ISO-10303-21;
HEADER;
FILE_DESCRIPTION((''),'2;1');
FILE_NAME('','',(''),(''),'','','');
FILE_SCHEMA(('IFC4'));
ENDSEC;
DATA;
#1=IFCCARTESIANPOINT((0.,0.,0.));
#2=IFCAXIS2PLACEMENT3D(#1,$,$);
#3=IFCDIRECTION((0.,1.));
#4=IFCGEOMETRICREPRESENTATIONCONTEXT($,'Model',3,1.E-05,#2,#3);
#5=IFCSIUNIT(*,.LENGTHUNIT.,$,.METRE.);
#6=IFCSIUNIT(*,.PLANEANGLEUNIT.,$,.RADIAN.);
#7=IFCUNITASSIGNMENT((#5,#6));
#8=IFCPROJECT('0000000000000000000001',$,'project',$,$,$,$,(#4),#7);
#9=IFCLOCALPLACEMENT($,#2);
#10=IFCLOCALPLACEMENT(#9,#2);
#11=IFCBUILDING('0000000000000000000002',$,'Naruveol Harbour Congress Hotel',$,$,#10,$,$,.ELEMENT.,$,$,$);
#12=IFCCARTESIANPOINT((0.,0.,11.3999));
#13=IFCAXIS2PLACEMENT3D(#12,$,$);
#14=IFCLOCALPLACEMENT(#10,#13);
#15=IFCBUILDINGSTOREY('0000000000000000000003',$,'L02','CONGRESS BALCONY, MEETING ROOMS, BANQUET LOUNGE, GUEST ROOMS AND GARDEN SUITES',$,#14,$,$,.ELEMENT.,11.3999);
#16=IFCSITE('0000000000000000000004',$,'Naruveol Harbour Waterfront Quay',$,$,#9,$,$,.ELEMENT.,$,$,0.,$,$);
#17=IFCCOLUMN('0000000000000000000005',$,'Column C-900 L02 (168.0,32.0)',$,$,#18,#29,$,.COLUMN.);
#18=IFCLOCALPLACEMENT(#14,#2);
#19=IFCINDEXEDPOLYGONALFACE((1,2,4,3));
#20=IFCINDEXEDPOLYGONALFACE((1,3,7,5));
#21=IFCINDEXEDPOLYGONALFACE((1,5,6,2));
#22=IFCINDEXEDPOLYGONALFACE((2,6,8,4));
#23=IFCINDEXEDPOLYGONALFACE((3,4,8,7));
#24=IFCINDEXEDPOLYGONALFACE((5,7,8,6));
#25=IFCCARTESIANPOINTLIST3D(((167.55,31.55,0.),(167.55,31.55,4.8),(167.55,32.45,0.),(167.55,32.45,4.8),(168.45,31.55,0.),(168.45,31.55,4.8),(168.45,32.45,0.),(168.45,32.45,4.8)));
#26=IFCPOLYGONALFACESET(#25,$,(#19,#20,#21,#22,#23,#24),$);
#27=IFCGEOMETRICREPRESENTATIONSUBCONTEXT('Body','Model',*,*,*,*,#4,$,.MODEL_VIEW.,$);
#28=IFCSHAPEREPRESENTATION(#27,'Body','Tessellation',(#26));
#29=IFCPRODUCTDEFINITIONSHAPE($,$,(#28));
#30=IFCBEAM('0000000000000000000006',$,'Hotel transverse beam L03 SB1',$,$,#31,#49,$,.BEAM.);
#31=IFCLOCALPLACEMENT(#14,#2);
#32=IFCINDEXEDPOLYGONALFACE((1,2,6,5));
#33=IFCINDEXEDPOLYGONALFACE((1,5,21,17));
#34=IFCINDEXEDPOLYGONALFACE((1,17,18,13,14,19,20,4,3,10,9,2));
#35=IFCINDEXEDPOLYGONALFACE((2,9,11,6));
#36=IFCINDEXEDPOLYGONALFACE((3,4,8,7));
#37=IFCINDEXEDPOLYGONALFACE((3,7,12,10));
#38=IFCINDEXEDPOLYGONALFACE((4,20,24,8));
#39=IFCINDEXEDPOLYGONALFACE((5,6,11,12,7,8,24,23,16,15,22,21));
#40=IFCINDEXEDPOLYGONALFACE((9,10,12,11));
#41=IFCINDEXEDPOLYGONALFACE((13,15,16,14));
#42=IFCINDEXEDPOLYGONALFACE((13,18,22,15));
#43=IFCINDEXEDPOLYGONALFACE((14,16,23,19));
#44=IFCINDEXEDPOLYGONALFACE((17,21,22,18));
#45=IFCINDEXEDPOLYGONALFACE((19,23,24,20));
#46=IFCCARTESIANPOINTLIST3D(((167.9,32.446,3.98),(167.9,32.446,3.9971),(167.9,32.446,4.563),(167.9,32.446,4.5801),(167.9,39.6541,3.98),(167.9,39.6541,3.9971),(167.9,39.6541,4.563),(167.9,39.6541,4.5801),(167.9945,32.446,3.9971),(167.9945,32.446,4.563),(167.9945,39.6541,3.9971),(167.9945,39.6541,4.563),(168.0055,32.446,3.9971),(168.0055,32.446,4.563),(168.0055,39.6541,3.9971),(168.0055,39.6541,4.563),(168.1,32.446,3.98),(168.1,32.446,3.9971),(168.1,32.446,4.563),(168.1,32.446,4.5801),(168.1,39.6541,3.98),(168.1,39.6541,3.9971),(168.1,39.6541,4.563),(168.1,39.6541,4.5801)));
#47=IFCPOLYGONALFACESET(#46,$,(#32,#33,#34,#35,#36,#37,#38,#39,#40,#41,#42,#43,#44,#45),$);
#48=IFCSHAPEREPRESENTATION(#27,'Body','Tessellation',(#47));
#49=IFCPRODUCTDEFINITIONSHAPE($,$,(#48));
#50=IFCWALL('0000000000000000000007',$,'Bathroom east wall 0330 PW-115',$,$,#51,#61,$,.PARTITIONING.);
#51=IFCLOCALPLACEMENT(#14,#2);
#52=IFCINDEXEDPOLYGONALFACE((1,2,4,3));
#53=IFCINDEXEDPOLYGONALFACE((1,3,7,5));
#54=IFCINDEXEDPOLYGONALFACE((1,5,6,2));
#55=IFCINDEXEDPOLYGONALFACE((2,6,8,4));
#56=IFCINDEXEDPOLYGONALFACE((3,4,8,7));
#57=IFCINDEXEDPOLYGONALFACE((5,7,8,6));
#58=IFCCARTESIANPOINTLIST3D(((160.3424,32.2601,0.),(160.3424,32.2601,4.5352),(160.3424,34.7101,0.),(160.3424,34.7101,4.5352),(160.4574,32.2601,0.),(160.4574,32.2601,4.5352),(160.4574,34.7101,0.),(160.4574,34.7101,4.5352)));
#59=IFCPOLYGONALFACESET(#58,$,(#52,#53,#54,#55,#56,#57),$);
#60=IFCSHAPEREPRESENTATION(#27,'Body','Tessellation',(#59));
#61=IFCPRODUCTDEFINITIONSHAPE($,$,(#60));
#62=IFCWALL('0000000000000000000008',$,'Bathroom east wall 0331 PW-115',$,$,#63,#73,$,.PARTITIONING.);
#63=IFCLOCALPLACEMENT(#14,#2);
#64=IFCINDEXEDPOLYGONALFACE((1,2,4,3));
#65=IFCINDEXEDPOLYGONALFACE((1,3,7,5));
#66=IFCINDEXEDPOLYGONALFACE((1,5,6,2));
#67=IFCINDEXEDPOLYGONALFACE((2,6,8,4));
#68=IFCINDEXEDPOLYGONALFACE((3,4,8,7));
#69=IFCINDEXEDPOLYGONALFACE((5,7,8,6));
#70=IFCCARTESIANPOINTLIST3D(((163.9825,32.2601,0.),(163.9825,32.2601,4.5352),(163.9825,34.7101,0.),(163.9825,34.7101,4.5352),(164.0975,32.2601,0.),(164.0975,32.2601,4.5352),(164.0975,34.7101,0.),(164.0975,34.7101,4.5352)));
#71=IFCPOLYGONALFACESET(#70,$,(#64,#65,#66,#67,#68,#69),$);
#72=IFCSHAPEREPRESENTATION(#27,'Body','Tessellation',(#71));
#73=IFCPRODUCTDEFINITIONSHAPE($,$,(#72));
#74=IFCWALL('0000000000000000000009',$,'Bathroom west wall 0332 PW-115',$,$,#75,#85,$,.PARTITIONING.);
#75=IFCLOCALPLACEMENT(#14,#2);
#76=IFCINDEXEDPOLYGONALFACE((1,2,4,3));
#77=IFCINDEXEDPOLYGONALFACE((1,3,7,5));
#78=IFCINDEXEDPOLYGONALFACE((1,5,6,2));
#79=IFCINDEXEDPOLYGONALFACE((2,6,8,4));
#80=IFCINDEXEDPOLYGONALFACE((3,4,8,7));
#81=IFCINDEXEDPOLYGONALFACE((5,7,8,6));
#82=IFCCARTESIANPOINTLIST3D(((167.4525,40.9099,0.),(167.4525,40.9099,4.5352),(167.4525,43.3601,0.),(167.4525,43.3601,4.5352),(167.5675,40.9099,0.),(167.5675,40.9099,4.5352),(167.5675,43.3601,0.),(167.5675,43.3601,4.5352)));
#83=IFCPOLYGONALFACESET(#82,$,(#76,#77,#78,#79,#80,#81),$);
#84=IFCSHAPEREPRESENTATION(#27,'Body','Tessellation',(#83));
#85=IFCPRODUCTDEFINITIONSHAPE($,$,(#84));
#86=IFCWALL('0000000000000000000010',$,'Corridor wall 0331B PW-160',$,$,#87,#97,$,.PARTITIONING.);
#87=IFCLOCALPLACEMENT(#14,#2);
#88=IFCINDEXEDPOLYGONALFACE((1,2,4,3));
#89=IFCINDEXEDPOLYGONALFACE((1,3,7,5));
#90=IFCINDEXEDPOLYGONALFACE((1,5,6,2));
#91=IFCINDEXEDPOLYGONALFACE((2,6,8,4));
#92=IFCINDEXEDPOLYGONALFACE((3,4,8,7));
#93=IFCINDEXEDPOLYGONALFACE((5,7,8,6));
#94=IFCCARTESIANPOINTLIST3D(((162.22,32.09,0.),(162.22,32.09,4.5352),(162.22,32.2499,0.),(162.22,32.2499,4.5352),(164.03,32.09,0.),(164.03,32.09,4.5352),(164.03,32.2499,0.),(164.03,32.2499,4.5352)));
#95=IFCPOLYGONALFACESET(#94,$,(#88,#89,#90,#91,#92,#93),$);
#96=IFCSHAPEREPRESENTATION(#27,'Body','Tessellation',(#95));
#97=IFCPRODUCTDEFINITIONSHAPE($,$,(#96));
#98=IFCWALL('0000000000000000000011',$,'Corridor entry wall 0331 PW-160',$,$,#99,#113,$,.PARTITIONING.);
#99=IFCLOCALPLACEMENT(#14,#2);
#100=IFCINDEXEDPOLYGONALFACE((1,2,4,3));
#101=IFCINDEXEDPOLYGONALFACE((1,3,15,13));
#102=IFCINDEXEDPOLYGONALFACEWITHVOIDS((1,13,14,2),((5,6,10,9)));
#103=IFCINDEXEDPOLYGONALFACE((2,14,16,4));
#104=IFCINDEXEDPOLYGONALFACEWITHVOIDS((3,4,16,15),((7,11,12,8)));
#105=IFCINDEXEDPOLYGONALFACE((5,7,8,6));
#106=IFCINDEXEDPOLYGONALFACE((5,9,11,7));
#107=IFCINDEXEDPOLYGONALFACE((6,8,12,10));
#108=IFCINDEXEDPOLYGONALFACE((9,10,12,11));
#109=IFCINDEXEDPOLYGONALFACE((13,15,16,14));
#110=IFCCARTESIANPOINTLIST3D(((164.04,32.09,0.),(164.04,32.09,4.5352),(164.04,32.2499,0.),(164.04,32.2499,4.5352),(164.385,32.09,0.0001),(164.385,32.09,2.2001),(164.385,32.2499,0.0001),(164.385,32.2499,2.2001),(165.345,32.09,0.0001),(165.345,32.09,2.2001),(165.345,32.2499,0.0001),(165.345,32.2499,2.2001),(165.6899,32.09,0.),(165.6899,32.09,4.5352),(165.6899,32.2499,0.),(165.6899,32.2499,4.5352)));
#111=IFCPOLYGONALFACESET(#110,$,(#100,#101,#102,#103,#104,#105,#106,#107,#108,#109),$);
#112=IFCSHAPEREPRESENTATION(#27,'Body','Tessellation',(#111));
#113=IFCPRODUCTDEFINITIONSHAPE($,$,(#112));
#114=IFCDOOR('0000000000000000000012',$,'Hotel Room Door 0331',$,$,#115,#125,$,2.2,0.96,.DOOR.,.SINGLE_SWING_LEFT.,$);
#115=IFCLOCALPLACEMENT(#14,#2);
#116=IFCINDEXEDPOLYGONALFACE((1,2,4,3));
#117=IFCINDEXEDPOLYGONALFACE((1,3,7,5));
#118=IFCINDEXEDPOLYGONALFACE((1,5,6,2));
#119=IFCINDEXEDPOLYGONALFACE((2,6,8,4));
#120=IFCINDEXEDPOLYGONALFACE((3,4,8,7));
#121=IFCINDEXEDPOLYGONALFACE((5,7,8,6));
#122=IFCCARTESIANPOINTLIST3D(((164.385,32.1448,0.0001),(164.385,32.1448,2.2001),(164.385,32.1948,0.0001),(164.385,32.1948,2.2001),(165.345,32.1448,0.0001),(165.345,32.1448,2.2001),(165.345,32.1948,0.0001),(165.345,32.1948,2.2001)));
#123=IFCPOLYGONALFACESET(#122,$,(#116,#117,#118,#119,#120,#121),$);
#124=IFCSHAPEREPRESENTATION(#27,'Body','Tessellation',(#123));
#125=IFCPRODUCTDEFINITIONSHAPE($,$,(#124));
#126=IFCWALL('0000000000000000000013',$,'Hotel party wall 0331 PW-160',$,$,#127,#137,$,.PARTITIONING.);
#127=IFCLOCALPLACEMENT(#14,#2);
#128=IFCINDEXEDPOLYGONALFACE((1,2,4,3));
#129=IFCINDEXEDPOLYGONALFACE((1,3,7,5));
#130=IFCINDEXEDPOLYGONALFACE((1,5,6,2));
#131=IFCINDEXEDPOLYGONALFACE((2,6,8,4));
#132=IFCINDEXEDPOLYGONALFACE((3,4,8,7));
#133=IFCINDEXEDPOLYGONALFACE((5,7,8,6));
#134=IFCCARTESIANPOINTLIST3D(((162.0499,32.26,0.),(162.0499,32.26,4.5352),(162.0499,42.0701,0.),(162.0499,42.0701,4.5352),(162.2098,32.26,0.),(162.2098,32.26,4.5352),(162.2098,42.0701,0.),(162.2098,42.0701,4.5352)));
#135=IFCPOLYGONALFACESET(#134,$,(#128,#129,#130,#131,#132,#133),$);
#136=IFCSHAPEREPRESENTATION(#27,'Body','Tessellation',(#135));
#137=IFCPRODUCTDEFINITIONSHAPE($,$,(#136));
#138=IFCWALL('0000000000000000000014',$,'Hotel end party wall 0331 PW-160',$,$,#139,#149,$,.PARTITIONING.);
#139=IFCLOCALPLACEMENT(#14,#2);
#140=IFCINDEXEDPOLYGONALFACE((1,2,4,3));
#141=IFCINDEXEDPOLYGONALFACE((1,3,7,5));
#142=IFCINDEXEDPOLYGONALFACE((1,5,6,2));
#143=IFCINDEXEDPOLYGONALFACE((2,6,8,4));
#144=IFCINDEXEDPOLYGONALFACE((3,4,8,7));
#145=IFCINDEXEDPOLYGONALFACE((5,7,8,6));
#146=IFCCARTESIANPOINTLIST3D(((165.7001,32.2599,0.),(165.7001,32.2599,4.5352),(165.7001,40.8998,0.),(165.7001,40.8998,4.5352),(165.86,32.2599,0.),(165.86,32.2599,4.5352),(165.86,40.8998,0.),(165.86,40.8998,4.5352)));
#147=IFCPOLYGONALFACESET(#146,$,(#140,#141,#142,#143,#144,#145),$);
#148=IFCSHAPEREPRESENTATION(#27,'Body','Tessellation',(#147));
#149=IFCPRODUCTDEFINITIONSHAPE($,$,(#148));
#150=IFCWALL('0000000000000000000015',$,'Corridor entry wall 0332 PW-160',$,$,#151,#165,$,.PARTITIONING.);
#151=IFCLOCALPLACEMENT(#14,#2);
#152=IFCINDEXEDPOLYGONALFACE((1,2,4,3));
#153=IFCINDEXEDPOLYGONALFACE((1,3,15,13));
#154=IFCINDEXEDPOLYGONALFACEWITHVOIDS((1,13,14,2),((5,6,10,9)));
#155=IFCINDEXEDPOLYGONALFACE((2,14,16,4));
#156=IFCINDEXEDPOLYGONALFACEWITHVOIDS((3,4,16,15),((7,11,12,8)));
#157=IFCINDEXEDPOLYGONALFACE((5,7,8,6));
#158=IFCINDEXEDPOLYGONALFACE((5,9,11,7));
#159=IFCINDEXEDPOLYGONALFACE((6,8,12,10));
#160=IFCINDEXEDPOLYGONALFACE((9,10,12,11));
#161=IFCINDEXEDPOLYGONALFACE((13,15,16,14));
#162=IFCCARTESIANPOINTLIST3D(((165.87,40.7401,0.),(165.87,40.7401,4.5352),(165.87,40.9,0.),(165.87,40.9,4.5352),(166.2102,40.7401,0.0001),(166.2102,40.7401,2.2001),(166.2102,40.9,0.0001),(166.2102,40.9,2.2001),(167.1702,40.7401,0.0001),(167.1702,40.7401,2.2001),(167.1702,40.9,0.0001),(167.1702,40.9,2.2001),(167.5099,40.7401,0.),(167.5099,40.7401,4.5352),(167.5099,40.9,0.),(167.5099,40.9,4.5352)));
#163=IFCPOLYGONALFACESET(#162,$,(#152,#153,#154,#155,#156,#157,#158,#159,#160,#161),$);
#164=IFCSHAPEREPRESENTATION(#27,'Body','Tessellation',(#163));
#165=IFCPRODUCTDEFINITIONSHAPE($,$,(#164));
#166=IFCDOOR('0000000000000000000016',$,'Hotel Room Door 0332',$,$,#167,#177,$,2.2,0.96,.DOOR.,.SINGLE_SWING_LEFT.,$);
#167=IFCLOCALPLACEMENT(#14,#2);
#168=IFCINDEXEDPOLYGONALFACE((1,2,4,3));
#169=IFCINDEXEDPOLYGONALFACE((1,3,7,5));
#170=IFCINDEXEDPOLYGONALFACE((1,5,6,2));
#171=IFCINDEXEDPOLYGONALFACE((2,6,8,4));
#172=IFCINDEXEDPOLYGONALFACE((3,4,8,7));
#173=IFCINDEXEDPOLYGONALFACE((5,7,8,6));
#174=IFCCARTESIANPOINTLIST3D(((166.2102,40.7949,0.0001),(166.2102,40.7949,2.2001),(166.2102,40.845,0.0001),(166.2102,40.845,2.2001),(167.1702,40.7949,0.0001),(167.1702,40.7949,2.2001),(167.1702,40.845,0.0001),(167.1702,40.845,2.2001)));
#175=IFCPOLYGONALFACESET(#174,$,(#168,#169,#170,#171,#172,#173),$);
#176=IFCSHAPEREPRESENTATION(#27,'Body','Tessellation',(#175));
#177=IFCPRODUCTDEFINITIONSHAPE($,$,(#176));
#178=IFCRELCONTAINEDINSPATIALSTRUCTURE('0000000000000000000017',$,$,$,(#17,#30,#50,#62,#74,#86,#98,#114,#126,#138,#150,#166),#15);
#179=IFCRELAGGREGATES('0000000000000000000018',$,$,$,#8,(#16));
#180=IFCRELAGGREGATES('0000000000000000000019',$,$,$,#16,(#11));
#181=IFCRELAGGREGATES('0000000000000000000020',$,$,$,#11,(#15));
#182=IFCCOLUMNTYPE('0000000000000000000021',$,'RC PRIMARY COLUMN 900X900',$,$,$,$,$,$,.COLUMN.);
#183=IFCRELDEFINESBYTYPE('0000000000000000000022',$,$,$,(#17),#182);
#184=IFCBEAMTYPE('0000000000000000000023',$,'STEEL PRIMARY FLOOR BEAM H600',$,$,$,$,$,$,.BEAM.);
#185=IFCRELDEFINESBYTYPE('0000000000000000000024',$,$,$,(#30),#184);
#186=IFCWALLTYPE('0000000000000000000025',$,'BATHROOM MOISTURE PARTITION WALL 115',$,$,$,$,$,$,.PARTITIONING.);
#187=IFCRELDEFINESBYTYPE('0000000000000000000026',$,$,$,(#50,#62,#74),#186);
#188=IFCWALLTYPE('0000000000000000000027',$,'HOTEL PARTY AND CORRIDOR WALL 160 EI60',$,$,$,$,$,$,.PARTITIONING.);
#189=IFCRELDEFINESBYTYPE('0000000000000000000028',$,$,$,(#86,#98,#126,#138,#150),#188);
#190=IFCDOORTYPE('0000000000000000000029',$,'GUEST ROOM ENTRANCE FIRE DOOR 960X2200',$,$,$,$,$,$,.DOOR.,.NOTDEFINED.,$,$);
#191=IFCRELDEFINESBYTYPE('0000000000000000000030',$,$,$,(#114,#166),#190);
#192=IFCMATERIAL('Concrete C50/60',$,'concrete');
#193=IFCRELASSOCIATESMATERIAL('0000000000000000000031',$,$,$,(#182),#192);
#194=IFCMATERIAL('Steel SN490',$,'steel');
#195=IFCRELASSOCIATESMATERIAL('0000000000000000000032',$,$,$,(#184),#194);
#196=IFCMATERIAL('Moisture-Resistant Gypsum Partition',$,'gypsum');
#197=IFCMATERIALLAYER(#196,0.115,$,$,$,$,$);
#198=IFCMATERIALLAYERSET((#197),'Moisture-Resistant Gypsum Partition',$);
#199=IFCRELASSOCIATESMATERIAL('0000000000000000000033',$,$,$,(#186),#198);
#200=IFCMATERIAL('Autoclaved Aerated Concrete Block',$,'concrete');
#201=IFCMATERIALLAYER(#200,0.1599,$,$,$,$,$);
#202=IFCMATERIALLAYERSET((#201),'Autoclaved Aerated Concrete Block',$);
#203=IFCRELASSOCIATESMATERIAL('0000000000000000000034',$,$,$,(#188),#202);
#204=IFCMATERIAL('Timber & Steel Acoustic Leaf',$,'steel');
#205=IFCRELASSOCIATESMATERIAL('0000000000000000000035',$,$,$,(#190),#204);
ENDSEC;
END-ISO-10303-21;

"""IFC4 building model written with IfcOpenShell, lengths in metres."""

from ifc_helpers import new_model, si_unit, direction, frame, frame_2d, origin, origin_2d, place, context, subcontext, project, spatial, rectangle, i_section, extrude, material, layer, layer_set, material_profile, profile_set, type_object, element, fill, save


model = new_model("IFC4")

# Units and contexts
model_context = context("Model", 3, precision=1e-05, world=origin(), true_north=direction((0.0, 1.0)))
body_context = subcontext(model_context, "Body", "Model", "MODEL_VIEW")
ifc_project = project(units=[si_unit("LENGTHUNIT", "METRE"), si_unit("PLANEANGLEUNIT", "RADIAN")], contexts=[model_context])

# Site, building, storey
site_placement = place(None, origin())
site = spatial("IfcSite", under=ifc_project, at=site_placement, Name="Naruveol Harbour Waterfront Quay", CompositionType="ELEMENT", RefElevation=0.0)
building_placement = place(site_placement, origin())
building = spatial("IfcBuilding", under=site, at=building_placement, Name="Naruveol Harbour Congress Hotel", CompositionType="ELEMENT")
storey_placement = place(building_placement, frame((0.0, 0.0, 11.3999)))
storey = spatial("IfcBuildingStorey", under=building, at=storey_placement, Name="L02", Description="CONGRESS BALCONY, MEETING ROOMS, BANQUET LOUNGE, GUEST ROOMS AND GARDEN SUITES", CompositionType="ELEMENT", Elevation=11.3999)

# Column
ifc_material_1 = material(Name="Concrete C50/60", Category="concrete")
ifc_material_profile_1 = material_profile(ifc_material_1, rectangle(XDim=0.8999, YDim=0.8999, at=origin_2d()), Name="RC-900x900")
ifc_profile_set_1 = profile_set([ifc_material_profile_1], Name="Concrete C50/60")
column_type = type_object("IfcColumnType", Name="RC PRIMARY COLUMN 900X900", PredefinedType="COLUMN", material=ifc_profile_set_1)
column_placement = place(storey_placement, frame((168.0, 32.0, 0.0), z_axis=(0.0, 0.0, 1.0), x_axis=(1.0, 0.0, 0.0)))
element("IfcColumn", 1, at=column_placement, inside=storey, type_object=column_type, Name="Column C-900 L02 (168.0,32.0)", PredefinedType="COLUMN", context=body_context, shape_type="SweptSolid", body=[
    extrude(rectangle(XDim=0.8999, YDim=0.8999, at=origin_2d()), origin(), (0.0, 0.0, 1.0), 4.8),
])

# Beam
ifc_material_2 = material(Name="Steel SN490", Category="steel")
ifc_material_profile_2 = material_profile(ifc_material_2, i_section(OverallWidth=0.2, OverallDepth=0.6001, WebThickness=0.011, FlangeThickness=0.0171, at=origin_2d()), Name="H-600x200x11x17")
ifc_profile_set_2 = profile_set([ifc_material_profile_2], Name="Steel SN490")
beam_type = type_object("IfcBeamType", Name="STEEL PRIMARY FLOOR BEAM H600", PredefinedType="BEAM", material=ifc_profile_set_2)
beam_placement = place(storey_placement, frame((168.0, 32.446, 4.28), z_axis=(0.0, 1.0, 0.0), x_axis=(-1.0, 0.0, 0.0)))
element("IfcBeam", 2, at=beam_placement, inside=storey, type_object=beam_type, Name="Hotel transverse beam L03 SB1", PredefinedType="BEAM", context=body_context, shape_type="SweptSolid", body=[
    extrude(i_section(OverallWidth=0.2, OverallDepth=0.6001, WebThickness=0.011, FlangeThickness=0.0171, at=origin_2d()), origin(), (0.0, 0.0, 1.0), 7.208),
])

# Walls
ifc_material_3 = material(Name="Moisture-Resistant Gypsum Partition", Category="gypsum")
ifc_layer_1 = layer(ifc_material_3, 0.115)
ifc_layer_set_1 = layer_set([ifc_layer_1], Name="Moisture-Resistant Gypsum Partition")
wall_type_1 = type_object("IfcWallType", Name="BATHROOM MOISTURE PARTITION WALL 115", PredefinedType="PARTITIONING", material=ifc_layer_set_1)
for number, where, z_axis, x_axis, name in (
    (3, (160.3999, 32.26, 0.0), (0.0, 0.0, 1.0), (0.0, 1.0, 0.0), "Bathroom east wall 0330 PW-115"),
    (4, (164.04, 32.26, 0.0), (0.0, 0.0, 1.0), (0.0, 1.0, 0.0), "Bathroom east wall 0331 PW-115"),
):
    element("IfcWall", number, at=place(storey_placement, frame(where, z_axis=z_axis, x_axis=x_axis)), inside=storey, type_object=wall_type_1, Name=name, PredefinedType="PARTITIONING", context=body_context, shape_type="SweptSolid", body=[
        extrude(rectangle(XDim=2.45, YDim=0.115, at=frame_2d((1.2251, 0.0))), origin(), (0.0, 0.0, 1.0), 4.5352),
    ])

# Wall
wall_1_placement = place(storey_placement, frame((167.51, 40.9099, 0.0), z_axis=(0.0, 0.0, 1.0), x_axis=(0.0, 1.0, 0.0)))
element("IfcWall", 5, at=wall_1_placement, inside=storey, type_object=wall_type_1, Name="Bathroom west wall 0332 PW-115", PredefinedType="PARTITIONING", context=body_context, shape_type="SweptSolid", body=[
    extrude(rectangle(XDim=2.4502, YDim=0.115, at=frame_2d((1.2251, 0.0))), origin(), (0.0, 0.0, 1.0), 4.5352),
])

# Wall
ifc_material_4 = material(Name="Autoclaved Aerated Concrete Block", Category="concrete")
ifc_layer_2 = layer(ifc_material_4, 0.1599)
ifc_layer_set_2 = layer_set([ifc_layer_2], Name="Autoclaved Aerated Concrete Block")
wall_type_2 = type_object("IfcWallType", Name="HOTEL PARTY AND CORRIDOR WALL 160 EI60", PredefinedType="PARTITIONING", material=ifc_layer_set_2)
wall_2_placement = place(storey_placement, frame((162.22, 32.1699, 0.0), z_axis=(0.0, 0.0, 1.0), x_axis=(1.0, 0.0, 0.0)))
element("IfcWall", 6, at=wall_2_placement, inside=storey, type_object=wall_type_2, Name="Corridor wall 0331B PW-160", PredefinedType="PARTITIONING", context=body_context, shape_type="SweptSolid", body=[
    extrude(rectangle(XDim=1.8101, YDim=0.1599, at=frame_2d((0.905, 0.0))), origin(), (0.0, 0.0, 1.0), 4.5352),
])

# Wall, opening, door
wall_3_placement = place(storey_placement, frame((164.04, 32.1699, 0.0), z_axis=(0.0, 0.0, 1.0), x_axis=(1.0, 0.0, 0.0)))
wall_3 = element("IfcWall", 7, at=wall_3_placement, inside=storey, type_object=wall_type_2, Name="Corridor entry wall 0331 PW-160", PredefinedType="PARTITIONING", context=body_context, shape_type="SweptSolid", body=[
    extrude(rectangle(XDim=1.6499, YDim=0.1599, at=frame_2d((0.825, 0.0))), origin(), (0.0, 0.0, 1.0), 4.5352),
])
opening_1_placement = place(wall_3_placement, frame((0.345, 0.0, 0.0)))
opening_1 = element("IfcOpeningElement", 8, at=opening_1_placement, cuts=wall_3, PredefinedType="OPENING", context=body_context, shape_type="SweptSolid", body=[
    extrude(rectangle(XDim=0.96, YDim=2.2, at=frame_2d((0.48, 1.1001))), frame((0.0, 0.0898, 0.0), z_axis=(0.0, -1.0, 0.0), x_axis=(1.0, 0.0, 0.0)), (0.0, 0.0, 1.0), 0.1799),
])
ifc_material_5 = material(Name="Timber & Steel Acoustic Leaf", Category="steel")
door_type_1 = type_object("IfcDoorType", Name="GUEST ROOM ENTRANCE FIRE DOOR 960X2200", OperationType="NOTDEFINED", PredefinedType="DOOR", material=ifc_material_5)
door_1_placement = place(opening_1_placement, origin())
door_1 = element("IfcDoor", 9, at=door_1_placement, inside=storey, type_object=door_type_1, Name="Hotel Room Door 0331", OperationType="SINGLE_SWING_LEFT", OverallHeight=2.2, OverallWidth=0.96, PredefinedType="DOOR", context=body_context, shape_type="SweptSolid", body=[
    extrude(rectangle(XDim=0.96, YDim=2.2, at=frame_2d((0.48, 1.1001))), frame((0.0, 0.0249, 0.0), z_axis=(0.0, -1.0, 0.0), x_axis=(1.0, 0.0, 0.0)), (0.0, 0.0, 1.0), 0.05),
])
fill(opening_1, door_1)

# Walls
wall_4_placement = place(storey_placement, frame((162.1299, 32.26, 0.0), z_axis=(0.0, 0.0, 1.0), x_axis=(0.0, 1.0, 0.0)))
element("IfcWall", 10, at=wall_4_placement, inside=storey, type_object=wall_type_2, Name="Hotel party wall 0331 PW-160", PredefinedType="PARTITIONING", context=body_context, shape_type="SweptSolid", body=[
    extrude(rectangle(XDim=9.8101, YDim=0.1599, at=frame_2d((4.905, 0.0))), origin(), (0.0, 0.0, 1.0), 4.5352),
])
wall_5_placement = place(storey_placement, frame((165.78, 32.26, 0.0), z_axis=(0.0, 0.0, 1.0), x_axis=(0.0, 1.0, 0.0)))
element("IfcWall", 11, at=wall_5_placement, inside=storey, type_object=wall_type_2, Name="Hotel end party wall 0331 PW-160", PredefinedType="PARTITIONING", context=body_context, shape_type="SweptSolid", body=[
    extrude(rectangle(XDim=8.6399, YDim=0.1599, at=frame_2d((4.3198, 0.0))), origin(), (0.0, 0.0, 1.0), 4.5352),
])

# Wall, opening, door
wall_6_placement = place(storey_placement, frame((165.8701, 40.8201, 0.0), z_axis=(0.0, 0.0, 1.0), x_axis=(1.0, 0.0, 0.0)))
wall_6 = element("IfcWall", 12, at=wall_6_placement, inside=storey, type_object=wall_type_2, Name="Corridor entry wall 0332 PW-160", PredefinedType="PARTITIONING", context=body_context, shape_type="SweptSolid", body=[
    extrude(rectangle(XDim=1.6399, YDim=0.1599, at=frame_2d((0.8198, 0.0))), origin(), (0.0, 0.0, 1.0), 4.5352),
])
opening_2_placement = place(wall_6_placement, frame((0.3401, 0.0, 0.0)))
opening_2 = element("IfcOpeningElement", 13, at=opening_2_placement, cuts=wall_6, PredefinedType="OPENING", context=body_context, shape_type="SweptSolid", body=[
    extrude(rectangle(XDim=0.96, YDim=2.2, at=frame_2d((0.48, 1.1001))), frame((0.0, 0.0898, 0.0), z_axis=(0.0, -1.0, 0.0), x_axis=(1.0, 0.0, 0.0)), (0.0, 0.0, 1.0), 0.1799),
])
door_2_placement = place(opening_2_placement, origin())
door_2 = element("IfcDoor", 14, at=door_2_placement, inside=storey, type_object=door_type_1, Name="Hotel Room Door 0332", OperationType="SINGLE_SWING_LEFT", OverallHeight=2.2, OverallWidth=0.96, PredefinedType="DOOR", context=body_context, shape_type="SweptSolid", body=[
    extrude(rectangle(XDim=0.96, YDim=2.2, at=frame_2d((0.48, 1.1001))), frame((0.0, 0.0249, 0.0), z_axis=(0.0, -1.0, 0.0), x_axis=(1.0, 0.0, 0.0)), (0.0, 0.0, 1.0), 0.05),
])
fill(opening_2, door_2)

save(model, "model.ifc")
